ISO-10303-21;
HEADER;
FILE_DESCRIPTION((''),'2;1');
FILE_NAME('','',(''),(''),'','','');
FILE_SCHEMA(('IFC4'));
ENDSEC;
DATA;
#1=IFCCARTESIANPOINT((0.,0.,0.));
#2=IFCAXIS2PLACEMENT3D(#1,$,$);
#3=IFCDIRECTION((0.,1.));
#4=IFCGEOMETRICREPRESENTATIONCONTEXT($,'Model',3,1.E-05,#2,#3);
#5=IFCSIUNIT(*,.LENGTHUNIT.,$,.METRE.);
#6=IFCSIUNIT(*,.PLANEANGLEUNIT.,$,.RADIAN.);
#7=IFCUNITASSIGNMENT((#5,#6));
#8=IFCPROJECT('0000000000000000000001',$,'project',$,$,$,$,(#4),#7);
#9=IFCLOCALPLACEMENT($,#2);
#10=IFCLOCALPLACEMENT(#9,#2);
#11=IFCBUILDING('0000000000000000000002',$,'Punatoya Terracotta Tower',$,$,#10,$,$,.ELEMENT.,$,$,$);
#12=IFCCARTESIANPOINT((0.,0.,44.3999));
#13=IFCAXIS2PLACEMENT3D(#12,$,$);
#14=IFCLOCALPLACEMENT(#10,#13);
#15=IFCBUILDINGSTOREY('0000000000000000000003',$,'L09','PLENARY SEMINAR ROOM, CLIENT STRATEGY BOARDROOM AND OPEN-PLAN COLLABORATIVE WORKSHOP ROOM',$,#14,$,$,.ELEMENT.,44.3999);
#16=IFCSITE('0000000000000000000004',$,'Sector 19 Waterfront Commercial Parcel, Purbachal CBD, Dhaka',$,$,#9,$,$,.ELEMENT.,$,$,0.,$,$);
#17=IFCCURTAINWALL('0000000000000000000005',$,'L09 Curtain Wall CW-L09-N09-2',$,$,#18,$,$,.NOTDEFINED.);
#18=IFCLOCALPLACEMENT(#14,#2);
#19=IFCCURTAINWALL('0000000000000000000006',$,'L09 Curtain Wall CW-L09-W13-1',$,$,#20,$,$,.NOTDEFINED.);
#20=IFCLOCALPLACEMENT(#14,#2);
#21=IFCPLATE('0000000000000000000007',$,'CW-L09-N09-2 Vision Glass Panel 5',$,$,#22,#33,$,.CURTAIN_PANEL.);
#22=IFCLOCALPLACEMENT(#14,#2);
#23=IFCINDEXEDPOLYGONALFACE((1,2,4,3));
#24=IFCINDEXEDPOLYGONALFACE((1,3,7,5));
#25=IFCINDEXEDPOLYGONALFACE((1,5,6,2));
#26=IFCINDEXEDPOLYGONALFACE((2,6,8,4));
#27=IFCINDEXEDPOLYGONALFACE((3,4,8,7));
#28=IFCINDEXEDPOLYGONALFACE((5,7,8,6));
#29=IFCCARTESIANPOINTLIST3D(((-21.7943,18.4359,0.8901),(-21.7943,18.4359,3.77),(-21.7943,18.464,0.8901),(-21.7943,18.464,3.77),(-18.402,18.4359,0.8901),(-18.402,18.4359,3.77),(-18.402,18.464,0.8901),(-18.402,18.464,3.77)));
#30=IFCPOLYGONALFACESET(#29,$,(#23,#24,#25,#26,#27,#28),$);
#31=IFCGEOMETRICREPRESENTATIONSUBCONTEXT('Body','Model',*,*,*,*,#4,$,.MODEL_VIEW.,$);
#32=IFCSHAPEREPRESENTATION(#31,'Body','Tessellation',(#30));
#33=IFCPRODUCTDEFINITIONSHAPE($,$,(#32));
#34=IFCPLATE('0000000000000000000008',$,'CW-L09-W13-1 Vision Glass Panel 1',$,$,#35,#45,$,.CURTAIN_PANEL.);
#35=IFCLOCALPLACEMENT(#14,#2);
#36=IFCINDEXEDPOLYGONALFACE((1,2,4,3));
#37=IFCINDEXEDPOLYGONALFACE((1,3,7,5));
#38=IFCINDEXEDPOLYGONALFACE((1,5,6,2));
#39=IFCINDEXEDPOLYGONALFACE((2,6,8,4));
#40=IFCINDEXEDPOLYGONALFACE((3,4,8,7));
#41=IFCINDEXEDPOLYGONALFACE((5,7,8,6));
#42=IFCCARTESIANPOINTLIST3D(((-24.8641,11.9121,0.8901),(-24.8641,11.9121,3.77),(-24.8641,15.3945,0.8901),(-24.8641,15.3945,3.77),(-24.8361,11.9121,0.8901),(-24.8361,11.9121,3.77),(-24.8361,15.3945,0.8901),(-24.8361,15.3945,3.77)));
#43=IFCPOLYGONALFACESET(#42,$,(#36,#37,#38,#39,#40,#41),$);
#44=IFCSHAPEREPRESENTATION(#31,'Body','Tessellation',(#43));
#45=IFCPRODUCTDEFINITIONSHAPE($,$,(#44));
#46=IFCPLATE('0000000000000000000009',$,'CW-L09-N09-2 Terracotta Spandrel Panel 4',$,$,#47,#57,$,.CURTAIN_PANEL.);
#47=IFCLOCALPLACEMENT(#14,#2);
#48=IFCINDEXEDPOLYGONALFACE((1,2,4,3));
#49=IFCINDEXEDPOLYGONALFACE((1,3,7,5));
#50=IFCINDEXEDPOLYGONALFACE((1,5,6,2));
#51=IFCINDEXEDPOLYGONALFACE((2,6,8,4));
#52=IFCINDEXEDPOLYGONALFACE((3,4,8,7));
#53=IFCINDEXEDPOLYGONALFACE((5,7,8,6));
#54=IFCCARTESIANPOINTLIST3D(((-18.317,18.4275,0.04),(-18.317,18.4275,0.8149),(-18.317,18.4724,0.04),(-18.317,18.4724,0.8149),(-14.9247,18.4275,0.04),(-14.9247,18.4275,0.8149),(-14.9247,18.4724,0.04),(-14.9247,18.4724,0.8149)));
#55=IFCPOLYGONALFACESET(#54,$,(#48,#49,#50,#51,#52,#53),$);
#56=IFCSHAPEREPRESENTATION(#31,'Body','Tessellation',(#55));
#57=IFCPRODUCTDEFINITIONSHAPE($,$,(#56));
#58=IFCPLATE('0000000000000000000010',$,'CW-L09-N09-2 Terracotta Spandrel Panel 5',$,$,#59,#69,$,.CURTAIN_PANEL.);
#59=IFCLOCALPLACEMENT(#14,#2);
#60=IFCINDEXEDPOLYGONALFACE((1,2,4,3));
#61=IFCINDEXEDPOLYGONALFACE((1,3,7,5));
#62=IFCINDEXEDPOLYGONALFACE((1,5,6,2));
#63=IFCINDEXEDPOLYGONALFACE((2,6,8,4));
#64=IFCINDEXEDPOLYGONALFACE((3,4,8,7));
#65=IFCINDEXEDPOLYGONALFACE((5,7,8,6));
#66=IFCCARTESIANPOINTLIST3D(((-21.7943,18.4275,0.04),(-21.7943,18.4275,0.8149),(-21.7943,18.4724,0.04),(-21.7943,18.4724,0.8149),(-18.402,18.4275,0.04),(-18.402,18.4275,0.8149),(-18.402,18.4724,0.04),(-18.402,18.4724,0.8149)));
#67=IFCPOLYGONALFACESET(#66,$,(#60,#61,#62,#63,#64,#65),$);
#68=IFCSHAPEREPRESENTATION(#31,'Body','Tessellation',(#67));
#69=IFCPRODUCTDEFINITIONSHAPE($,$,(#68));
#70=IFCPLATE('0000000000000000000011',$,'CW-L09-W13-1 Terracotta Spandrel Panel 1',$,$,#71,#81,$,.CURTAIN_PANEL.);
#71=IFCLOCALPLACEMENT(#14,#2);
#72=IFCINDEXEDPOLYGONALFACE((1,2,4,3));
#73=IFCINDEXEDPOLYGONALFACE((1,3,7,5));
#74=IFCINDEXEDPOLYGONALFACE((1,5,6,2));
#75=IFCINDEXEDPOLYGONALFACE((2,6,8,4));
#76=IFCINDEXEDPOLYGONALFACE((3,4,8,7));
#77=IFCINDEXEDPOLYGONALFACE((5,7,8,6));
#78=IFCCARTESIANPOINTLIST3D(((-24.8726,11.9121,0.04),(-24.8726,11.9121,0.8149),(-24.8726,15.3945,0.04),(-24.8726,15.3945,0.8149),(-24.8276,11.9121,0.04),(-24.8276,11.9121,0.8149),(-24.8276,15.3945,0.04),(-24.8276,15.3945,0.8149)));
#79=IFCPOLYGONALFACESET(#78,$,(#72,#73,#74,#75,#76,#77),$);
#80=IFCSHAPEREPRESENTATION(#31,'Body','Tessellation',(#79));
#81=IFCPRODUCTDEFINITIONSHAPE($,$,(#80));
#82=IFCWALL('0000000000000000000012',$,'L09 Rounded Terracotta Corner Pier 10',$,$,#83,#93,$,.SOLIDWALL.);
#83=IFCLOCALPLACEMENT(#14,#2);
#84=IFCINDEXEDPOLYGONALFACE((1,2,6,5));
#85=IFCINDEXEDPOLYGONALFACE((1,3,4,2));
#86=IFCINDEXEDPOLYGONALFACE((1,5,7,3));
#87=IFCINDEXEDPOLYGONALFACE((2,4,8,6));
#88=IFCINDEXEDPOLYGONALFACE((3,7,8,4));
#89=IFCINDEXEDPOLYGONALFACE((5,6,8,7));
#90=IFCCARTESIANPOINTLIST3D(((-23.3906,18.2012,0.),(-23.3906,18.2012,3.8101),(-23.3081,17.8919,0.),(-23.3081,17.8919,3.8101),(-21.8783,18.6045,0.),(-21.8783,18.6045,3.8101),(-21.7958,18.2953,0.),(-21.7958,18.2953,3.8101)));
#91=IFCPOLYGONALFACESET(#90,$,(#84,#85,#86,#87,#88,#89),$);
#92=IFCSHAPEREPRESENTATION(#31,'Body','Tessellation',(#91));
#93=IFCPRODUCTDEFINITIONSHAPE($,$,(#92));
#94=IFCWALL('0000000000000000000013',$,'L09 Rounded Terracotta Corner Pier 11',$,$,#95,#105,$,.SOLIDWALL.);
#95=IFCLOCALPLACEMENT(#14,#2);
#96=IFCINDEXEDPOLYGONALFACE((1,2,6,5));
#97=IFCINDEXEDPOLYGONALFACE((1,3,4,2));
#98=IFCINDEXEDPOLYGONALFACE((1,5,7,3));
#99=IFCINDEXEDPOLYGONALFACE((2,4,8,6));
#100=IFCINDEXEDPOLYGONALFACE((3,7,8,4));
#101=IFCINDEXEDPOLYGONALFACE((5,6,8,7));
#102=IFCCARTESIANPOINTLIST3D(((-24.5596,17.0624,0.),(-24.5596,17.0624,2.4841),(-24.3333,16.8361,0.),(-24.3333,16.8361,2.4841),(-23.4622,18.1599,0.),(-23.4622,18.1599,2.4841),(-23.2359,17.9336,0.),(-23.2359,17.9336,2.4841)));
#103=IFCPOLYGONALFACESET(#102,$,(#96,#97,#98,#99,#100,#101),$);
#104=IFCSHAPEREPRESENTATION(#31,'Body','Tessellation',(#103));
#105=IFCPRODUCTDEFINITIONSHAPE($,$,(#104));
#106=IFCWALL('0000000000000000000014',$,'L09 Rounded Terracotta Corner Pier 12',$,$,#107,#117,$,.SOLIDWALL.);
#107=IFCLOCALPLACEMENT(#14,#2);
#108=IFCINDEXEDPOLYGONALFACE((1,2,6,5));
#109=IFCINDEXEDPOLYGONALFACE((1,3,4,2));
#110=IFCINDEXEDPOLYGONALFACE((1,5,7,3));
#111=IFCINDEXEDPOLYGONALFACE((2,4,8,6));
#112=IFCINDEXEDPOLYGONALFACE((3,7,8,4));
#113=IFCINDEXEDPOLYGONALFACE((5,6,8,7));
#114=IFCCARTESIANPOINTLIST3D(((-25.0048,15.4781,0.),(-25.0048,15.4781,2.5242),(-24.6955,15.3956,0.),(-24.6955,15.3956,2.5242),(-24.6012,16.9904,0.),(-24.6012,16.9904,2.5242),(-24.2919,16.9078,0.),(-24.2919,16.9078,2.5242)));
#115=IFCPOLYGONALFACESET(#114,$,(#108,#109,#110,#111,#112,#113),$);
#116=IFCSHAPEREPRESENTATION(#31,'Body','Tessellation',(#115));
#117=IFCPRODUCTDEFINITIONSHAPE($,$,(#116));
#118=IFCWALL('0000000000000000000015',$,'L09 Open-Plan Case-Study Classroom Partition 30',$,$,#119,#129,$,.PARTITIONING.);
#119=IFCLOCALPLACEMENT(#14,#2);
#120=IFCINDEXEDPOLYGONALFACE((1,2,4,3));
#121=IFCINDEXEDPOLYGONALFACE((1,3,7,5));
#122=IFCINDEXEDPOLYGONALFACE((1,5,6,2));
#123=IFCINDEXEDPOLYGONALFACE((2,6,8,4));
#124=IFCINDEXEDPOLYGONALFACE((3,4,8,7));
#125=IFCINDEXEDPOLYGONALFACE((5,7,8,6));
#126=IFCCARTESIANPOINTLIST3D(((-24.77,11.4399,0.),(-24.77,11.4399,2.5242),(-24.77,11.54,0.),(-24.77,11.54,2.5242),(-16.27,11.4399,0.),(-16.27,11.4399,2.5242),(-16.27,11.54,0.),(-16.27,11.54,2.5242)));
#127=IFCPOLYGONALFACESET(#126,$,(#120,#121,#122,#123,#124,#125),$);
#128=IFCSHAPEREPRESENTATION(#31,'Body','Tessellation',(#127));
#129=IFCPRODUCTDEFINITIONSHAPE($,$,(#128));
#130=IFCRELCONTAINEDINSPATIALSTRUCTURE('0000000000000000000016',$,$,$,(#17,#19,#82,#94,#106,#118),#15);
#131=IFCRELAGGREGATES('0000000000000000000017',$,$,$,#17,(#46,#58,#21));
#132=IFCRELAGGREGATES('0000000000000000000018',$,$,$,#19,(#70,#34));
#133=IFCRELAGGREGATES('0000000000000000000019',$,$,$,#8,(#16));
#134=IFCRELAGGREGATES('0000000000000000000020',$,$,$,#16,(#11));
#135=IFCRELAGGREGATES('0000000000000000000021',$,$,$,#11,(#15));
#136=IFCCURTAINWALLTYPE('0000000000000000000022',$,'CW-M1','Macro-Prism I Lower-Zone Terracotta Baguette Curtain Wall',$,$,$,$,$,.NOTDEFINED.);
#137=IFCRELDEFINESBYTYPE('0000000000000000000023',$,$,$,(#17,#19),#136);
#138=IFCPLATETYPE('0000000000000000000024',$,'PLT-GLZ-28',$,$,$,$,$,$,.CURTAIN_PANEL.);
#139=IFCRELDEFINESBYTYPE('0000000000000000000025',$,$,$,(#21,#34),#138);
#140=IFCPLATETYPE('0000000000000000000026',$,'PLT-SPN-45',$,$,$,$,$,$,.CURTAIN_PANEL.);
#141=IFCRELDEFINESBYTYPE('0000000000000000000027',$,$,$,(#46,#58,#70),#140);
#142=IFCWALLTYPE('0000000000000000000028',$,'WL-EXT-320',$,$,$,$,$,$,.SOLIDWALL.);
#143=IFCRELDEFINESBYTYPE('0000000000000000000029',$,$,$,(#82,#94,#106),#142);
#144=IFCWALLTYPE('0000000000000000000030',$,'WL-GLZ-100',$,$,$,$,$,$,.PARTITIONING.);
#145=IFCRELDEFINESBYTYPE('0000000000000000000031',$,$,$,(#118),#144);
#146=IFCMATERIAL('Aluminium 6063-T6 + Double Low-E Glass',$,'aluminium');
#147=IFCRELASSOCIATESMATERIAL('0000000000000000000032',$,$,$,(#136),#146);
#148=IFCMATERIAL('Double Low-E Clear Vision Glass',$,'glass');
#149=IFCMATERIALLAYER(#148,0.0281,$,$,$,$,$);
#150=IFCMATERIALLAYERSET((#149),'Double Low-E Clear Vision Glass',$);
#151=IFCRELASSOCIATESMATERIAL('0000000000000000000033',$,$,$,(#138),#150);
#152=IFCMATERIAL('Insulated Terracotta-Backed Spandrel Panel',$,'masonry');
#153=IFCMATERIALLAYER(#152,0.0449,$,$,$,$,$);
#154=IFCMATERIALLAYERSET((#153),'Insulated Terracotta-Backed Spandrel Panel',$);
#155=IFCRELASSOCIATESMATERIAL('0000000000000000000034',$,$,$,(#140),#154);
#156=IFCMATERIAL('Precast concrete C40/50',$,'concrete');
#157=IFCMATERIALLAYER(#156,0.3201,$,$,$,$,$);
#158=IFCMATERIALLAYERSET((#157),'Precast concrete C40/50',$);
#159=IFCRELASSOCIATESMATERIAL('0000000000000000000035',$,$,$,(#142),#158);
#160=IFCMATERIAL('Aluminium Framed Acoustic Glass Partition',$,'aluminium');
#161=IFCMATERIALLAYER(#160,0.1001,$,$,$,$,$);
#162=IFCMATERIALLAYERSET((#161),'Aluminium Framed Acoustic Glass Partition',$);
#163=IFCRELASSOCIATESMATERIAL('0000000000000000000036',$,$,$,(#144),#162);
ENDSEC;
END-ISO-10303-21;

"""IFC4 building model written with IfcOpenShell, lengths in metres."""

from ifc_helpers import new_model, si_unit, direction, frame, frame_2d, origin, origin_2d, place, context, subcontext, project, spatial, rectangle, extrude, material, layer, layer_set, type_object, element, aggregate, save


model = new_model("IFC4")

# Units and contexts
model_context = context("Model", 3, precision=1e-05, world=origin(), true_north=direction((0.0, 1.0)))
body_context = subcontext(model_context, "Body", "Model", "MODEL_VIEW")
ifc_project = project(units=[si_unit("LENGTHUNIT", "METRE"), si_unit("PLANEANGLEUNIT", "RADIAN")], contexts=[model_context])

# Site, building, storey
site_placement = place(None, origin())
site = spatial("IfcSite", under=ifc_project, at=site_placement, Name="Sector 19 Waterfront Commercial Parcel, Purbachal CBD, Dhaka", CompositionType="ELEMENT", RefElevation=0.0)
building_placement = place(site_placement, origin())
building = spatial("IfcBuilding", under=site, at=building_placement, Name="Punatoya Terracotta Tower", CompositionType="ELEMENT")
storey_placement = place(building_placement, frame((0.0, 0.0, 44.3999)))
storey = spatial("IfcBuildingStorey", under=building, at=storey_placement, Name="L09", Description="PLENARY SEMINAR ROOM, CLIENT STRATEGY BOARDROOM AND OPEN-PLAN COLLABORATIVE WORKSHOP ROOM", CompositionType="ELEMENT", Elevation=44.3999)

# Curtain walls
ifc_material_1 = material(Name="Aluminium 6063-T6 + Double Low-E Glass", Category="aluminium")
curtain_wall_type = type_object("IfcCurtainWallType", Name="CW-M1", Description="Macro-Prism I Lower-Zone Terracotta Baguette Curtain Wall", PredefinedType="NOTDEFINED", material=ifc_material_1)
curtain_wall_1_placement = place(storey_placement, origin())
curtain_wall_1 = element("IfcCurtainWall", 1, at=curtain_wall_1_placement, inside=storey, type_object=curtain_wall_type, Name="L09 Curtain Wall CW-L09-N09-2", PredefinedType="NOTDEFINED")
curtain_wall_2_placement = place(storey_placement, origin())
curtain_wall_2 = element("IfcCurtainWall", 2, at=curtain_wall_2_placement, inside=storey, type_object=curtain_wall_type, Name="L09 Curtain Wall CW-L09-W13-1", PredefinedType="NOTDEFINED")

# Plates
ifc_material_2 = material(Name="Double Low-E Clear Vision Glass", Category="glass")
ifc_layer_1 = layer(ifc_material_2, 0.0281)
ifc_layer_set_1 = layer_set([ifc_layer_1], Name="Double Low-E Clear Vision Glass")
plate_type_1 = type_object("IfcPlateType", Name="PLT-GLZ-28", PredefinedType="CURTAIN_PANEL", material=ifc_layer_set_1)
plate_1_placement = place(storey_placement, frame((-20.0981, 18.45, 0.8901), z_axis=(0.0, 0.0, 1.0), x_axis=(-1.0, 0.0, 0.0)))
plate_1 = element("IfcPlate", 3, at=plate_1_placement, type_object=plate_type_1, Name="CW-L09-N09-2 Vision Glass Panel 5", PredefinedType="CURTAIN_PANEL", context=body_context, shape_type="SweptSolid", body=[
    extrude(rectangle(XDim=3.3923, YDim=0.0281, at=origin_2d()), origin(), (0.0, 0.0, 1.0), 2.8799),
])
plate_2_placement = place(storey_placement, frame((-24.8501, 13.6533, 0.8901), z_axis=(0.0, 0.0, 1.0), x_axis=(0.0, -1.0, 0.0)))
plate_2 = element("IfcPlate", 4, at=plate_2_placement, type_object=plate_type_1, Name="CW-L09-W13-1 Vision Glass Panel 1", PredefinedType="CURTAIN_PANEL", context=body_context, shape_type="SweptSolid", body=[
    extrude(rectangle(XDim=3.4824, YDim=0.0281, at=origin_2d()), origin(), (0.0, 0.0, 1.0), 2.8799),
])
ifc_material_3 = material(Name="Insulated Terracotta-Backed Spandrel Panel", Category="masonry")
ifc_layer_2 = layer(ifc_material_3, 0.0449)
ifc_layer_set_2 = layer_set([ifc_layer_2], Name="Insulated Terracotta-Backed Spandrel Panel")
plate_type_2 = type_object("IfcPlateType", Name="PLT-SPN-45", PredefinedType="CURTAIN_PANEL", material=ifc_layer_set_2)
plate_3_placement = place(storey_placement, frame((-16.6208, 18.45, 0.04), z_axis=(0.0, 0.0, 1.0), x_axis=(-1.0, 0.0, 0.0)))
plate_3 = element("IfcPlate", 5, at=plate_3_placement, type_object=plate_type_2, Name="CW-L09-N09-2 Terracotta Spandrel Panel 4", PredefinedType="CURTAIN_PANEL", context=body_context, shape_type="SweptSolid", body=[
    extrude(rectangle(XDim=3.3923, YDim=0.0449, at=origin_2d()), origin(), (0.0, 0.0, 1.0), 0.7749),
])
plate_4_placement = place(storey_placement, frame((-20.0981, 18.45, 0.04), z_axis=(0.0, 0.0, 1.0), x_axis=(-1.0, 0.0, 0.0)))
plate_4 = element("IfcPlate", 6, at=plate_4_placement, type_object=plate_type_2, Name="CW-L09-N09-2 Terracotta Spandrel Panel 5", PredefinedType="CURTAIN_PANEL", context=body_context, shape_type="SweptSolid", body=[
    extrude(rectangle(XDim=3.3923, YDim=0.0449, at=origin_2d()), origin(), (0.0, 0.0, 1.0), 0.7749),
])
aggregate(curtain_wall_1, [plate_3, plate_4, plate_1])
plate_5_placement = place(storey_placement, frame((-24.8501, 13.6533, 0.04), z_axis=(0.0, 0.0, 1.0), x_axis=(0.0, -1.0, 0.0)))
plate_5 = element("IfcPlate", 7, at=plate_5_placement, type_object=plate_type_2, Name="CW-L09-W13-1 Terracotta Spandrel Panel 1", PredefinedType="CURTAIN_PANEL", context=body_context, shape_type="SweptSolid", body=[
    extrude(rectangle(XDim=3.4824, YDim=0.0449, at=origin_2d()), origin(), (0.0, 0.0, 1.0), 0.7749),
])
aggregate(curtain_wall_2, [plate_5, plate_2])

# Walls
ifc_material_4 = material(Name="Precast concrete C40/50", Category="concrete")
ifc_layer_3 = layer(ifc_material_4, 0.3201)
ifc_layer_set_3 = layer_set([ifc_layer_3], Name="Precast concrete C40/50")
wall_type_1 = type_object("IfcWallType", Name="WL-EXT-320", PredefinedType="SOLIDWALL", material=ifc_layer_set_3)
wall_1_placement = place(storey_placement, frame((-21.8369, 18.45, 0.0), z_axis=(0.0, 0.0, 1.0), x_axis=(-0.966225, -0.257701, 0.0)))
element("IfcWall", 8, at=wall_1_placement, inside=storey, type_object=wall_type_1, Name="L09 Rounded Terracotta Corner Pier 10", PredefinedType="SOLIDWALL", context=body_context, shape_type="SweptSolid", body=[
    extrude(rectangle(XDim=1.5652, YDim=0.3201, at=frame_2d((0.7827, 0.0))), origin(), (0.0, 0.0, 1.0), 3.8101),
])
wall_2_placement = place(storey_placement, frame((-23.3491, 18.0466, 0.0), z_axis=(0.0, 0.0, 1.0), x_axis=(-0.707107, -0.707107, 0.0)))
element("IfcWall", 9, at=wall_2_placement, inside=storey, type_object=wall_type_1, Name="L09 Rounded Terracotta Corner Pier 11", PredefinedType="SOLIDWALL", context=body_context, shape_type="SweptSolid", body=[
    extrude(rectangle(XDim=1.552, YDim=0.3201, at=frame_2d((0.7759, 0.0))), origin(), (0.0, 0.0, 1.0), 2.4841),
])
wall_3_placement = place(storey_placement, frame((-24.4465, 16.9492, 0.0), z_axis=(0.0, 0.0, 1.0), x_axis=(-0.257847, -0.966186, 0.0)))
element("IfcWall", 10, at=wall_3_placement, inside=storey, type_object=wall_type_1, Name="L09 Rounded Terracotta Corner Pier 12", PredefinedType="SOLIDWALL", context=body_context, shape_type="SweptSolid", body=[
    extrude(rectangle(XDim=1.5652, YDim=0.3201, at=frame_2d((0.7827, 0.0))), origin(), (0.0, 0.0, 1.0), 2.5242),
])
ifc_material_5 = material(Name="Aluminium Framed Acoustic Glass Partition", Category="aluminium")
ifc_layer_4 = layer(ifc_material_5, 0.1001)
ifc_layer_set_4 = layer_set([ifc_layer_4], Name="Aluminium Framed Acoustic Glass Partition")
wall_type_2 = type_object("IfcWallType", Name="WL-GLZ-100", PredefinedType="PARTITIONING", material=ifc_layer_set_4)
wall_4_placement = place(storey_placement, frame((-24.77, 11.49, 0.0), z_axis=(0.0, 0.0, 1.0), x_axis=(1.0, 0.0, 0.0)))
element("IfcWall", 11, at=wall_4_placement, inside=storey, type_object=wall_type_2, Name="L09 Open-Plan Case-Study Classroom Partition 30", PredefinedType="PARTITIONING", context=body_context, shape_type="SweptSolid", body=[
    extrude(rectangle(XDim=8.5, YDim=0.1001, at=frame_2d((4.25, 0.0))), origin(), (0.0, 0.0, 1.0), 2.5242),
])

save(model, "model.ifc")
